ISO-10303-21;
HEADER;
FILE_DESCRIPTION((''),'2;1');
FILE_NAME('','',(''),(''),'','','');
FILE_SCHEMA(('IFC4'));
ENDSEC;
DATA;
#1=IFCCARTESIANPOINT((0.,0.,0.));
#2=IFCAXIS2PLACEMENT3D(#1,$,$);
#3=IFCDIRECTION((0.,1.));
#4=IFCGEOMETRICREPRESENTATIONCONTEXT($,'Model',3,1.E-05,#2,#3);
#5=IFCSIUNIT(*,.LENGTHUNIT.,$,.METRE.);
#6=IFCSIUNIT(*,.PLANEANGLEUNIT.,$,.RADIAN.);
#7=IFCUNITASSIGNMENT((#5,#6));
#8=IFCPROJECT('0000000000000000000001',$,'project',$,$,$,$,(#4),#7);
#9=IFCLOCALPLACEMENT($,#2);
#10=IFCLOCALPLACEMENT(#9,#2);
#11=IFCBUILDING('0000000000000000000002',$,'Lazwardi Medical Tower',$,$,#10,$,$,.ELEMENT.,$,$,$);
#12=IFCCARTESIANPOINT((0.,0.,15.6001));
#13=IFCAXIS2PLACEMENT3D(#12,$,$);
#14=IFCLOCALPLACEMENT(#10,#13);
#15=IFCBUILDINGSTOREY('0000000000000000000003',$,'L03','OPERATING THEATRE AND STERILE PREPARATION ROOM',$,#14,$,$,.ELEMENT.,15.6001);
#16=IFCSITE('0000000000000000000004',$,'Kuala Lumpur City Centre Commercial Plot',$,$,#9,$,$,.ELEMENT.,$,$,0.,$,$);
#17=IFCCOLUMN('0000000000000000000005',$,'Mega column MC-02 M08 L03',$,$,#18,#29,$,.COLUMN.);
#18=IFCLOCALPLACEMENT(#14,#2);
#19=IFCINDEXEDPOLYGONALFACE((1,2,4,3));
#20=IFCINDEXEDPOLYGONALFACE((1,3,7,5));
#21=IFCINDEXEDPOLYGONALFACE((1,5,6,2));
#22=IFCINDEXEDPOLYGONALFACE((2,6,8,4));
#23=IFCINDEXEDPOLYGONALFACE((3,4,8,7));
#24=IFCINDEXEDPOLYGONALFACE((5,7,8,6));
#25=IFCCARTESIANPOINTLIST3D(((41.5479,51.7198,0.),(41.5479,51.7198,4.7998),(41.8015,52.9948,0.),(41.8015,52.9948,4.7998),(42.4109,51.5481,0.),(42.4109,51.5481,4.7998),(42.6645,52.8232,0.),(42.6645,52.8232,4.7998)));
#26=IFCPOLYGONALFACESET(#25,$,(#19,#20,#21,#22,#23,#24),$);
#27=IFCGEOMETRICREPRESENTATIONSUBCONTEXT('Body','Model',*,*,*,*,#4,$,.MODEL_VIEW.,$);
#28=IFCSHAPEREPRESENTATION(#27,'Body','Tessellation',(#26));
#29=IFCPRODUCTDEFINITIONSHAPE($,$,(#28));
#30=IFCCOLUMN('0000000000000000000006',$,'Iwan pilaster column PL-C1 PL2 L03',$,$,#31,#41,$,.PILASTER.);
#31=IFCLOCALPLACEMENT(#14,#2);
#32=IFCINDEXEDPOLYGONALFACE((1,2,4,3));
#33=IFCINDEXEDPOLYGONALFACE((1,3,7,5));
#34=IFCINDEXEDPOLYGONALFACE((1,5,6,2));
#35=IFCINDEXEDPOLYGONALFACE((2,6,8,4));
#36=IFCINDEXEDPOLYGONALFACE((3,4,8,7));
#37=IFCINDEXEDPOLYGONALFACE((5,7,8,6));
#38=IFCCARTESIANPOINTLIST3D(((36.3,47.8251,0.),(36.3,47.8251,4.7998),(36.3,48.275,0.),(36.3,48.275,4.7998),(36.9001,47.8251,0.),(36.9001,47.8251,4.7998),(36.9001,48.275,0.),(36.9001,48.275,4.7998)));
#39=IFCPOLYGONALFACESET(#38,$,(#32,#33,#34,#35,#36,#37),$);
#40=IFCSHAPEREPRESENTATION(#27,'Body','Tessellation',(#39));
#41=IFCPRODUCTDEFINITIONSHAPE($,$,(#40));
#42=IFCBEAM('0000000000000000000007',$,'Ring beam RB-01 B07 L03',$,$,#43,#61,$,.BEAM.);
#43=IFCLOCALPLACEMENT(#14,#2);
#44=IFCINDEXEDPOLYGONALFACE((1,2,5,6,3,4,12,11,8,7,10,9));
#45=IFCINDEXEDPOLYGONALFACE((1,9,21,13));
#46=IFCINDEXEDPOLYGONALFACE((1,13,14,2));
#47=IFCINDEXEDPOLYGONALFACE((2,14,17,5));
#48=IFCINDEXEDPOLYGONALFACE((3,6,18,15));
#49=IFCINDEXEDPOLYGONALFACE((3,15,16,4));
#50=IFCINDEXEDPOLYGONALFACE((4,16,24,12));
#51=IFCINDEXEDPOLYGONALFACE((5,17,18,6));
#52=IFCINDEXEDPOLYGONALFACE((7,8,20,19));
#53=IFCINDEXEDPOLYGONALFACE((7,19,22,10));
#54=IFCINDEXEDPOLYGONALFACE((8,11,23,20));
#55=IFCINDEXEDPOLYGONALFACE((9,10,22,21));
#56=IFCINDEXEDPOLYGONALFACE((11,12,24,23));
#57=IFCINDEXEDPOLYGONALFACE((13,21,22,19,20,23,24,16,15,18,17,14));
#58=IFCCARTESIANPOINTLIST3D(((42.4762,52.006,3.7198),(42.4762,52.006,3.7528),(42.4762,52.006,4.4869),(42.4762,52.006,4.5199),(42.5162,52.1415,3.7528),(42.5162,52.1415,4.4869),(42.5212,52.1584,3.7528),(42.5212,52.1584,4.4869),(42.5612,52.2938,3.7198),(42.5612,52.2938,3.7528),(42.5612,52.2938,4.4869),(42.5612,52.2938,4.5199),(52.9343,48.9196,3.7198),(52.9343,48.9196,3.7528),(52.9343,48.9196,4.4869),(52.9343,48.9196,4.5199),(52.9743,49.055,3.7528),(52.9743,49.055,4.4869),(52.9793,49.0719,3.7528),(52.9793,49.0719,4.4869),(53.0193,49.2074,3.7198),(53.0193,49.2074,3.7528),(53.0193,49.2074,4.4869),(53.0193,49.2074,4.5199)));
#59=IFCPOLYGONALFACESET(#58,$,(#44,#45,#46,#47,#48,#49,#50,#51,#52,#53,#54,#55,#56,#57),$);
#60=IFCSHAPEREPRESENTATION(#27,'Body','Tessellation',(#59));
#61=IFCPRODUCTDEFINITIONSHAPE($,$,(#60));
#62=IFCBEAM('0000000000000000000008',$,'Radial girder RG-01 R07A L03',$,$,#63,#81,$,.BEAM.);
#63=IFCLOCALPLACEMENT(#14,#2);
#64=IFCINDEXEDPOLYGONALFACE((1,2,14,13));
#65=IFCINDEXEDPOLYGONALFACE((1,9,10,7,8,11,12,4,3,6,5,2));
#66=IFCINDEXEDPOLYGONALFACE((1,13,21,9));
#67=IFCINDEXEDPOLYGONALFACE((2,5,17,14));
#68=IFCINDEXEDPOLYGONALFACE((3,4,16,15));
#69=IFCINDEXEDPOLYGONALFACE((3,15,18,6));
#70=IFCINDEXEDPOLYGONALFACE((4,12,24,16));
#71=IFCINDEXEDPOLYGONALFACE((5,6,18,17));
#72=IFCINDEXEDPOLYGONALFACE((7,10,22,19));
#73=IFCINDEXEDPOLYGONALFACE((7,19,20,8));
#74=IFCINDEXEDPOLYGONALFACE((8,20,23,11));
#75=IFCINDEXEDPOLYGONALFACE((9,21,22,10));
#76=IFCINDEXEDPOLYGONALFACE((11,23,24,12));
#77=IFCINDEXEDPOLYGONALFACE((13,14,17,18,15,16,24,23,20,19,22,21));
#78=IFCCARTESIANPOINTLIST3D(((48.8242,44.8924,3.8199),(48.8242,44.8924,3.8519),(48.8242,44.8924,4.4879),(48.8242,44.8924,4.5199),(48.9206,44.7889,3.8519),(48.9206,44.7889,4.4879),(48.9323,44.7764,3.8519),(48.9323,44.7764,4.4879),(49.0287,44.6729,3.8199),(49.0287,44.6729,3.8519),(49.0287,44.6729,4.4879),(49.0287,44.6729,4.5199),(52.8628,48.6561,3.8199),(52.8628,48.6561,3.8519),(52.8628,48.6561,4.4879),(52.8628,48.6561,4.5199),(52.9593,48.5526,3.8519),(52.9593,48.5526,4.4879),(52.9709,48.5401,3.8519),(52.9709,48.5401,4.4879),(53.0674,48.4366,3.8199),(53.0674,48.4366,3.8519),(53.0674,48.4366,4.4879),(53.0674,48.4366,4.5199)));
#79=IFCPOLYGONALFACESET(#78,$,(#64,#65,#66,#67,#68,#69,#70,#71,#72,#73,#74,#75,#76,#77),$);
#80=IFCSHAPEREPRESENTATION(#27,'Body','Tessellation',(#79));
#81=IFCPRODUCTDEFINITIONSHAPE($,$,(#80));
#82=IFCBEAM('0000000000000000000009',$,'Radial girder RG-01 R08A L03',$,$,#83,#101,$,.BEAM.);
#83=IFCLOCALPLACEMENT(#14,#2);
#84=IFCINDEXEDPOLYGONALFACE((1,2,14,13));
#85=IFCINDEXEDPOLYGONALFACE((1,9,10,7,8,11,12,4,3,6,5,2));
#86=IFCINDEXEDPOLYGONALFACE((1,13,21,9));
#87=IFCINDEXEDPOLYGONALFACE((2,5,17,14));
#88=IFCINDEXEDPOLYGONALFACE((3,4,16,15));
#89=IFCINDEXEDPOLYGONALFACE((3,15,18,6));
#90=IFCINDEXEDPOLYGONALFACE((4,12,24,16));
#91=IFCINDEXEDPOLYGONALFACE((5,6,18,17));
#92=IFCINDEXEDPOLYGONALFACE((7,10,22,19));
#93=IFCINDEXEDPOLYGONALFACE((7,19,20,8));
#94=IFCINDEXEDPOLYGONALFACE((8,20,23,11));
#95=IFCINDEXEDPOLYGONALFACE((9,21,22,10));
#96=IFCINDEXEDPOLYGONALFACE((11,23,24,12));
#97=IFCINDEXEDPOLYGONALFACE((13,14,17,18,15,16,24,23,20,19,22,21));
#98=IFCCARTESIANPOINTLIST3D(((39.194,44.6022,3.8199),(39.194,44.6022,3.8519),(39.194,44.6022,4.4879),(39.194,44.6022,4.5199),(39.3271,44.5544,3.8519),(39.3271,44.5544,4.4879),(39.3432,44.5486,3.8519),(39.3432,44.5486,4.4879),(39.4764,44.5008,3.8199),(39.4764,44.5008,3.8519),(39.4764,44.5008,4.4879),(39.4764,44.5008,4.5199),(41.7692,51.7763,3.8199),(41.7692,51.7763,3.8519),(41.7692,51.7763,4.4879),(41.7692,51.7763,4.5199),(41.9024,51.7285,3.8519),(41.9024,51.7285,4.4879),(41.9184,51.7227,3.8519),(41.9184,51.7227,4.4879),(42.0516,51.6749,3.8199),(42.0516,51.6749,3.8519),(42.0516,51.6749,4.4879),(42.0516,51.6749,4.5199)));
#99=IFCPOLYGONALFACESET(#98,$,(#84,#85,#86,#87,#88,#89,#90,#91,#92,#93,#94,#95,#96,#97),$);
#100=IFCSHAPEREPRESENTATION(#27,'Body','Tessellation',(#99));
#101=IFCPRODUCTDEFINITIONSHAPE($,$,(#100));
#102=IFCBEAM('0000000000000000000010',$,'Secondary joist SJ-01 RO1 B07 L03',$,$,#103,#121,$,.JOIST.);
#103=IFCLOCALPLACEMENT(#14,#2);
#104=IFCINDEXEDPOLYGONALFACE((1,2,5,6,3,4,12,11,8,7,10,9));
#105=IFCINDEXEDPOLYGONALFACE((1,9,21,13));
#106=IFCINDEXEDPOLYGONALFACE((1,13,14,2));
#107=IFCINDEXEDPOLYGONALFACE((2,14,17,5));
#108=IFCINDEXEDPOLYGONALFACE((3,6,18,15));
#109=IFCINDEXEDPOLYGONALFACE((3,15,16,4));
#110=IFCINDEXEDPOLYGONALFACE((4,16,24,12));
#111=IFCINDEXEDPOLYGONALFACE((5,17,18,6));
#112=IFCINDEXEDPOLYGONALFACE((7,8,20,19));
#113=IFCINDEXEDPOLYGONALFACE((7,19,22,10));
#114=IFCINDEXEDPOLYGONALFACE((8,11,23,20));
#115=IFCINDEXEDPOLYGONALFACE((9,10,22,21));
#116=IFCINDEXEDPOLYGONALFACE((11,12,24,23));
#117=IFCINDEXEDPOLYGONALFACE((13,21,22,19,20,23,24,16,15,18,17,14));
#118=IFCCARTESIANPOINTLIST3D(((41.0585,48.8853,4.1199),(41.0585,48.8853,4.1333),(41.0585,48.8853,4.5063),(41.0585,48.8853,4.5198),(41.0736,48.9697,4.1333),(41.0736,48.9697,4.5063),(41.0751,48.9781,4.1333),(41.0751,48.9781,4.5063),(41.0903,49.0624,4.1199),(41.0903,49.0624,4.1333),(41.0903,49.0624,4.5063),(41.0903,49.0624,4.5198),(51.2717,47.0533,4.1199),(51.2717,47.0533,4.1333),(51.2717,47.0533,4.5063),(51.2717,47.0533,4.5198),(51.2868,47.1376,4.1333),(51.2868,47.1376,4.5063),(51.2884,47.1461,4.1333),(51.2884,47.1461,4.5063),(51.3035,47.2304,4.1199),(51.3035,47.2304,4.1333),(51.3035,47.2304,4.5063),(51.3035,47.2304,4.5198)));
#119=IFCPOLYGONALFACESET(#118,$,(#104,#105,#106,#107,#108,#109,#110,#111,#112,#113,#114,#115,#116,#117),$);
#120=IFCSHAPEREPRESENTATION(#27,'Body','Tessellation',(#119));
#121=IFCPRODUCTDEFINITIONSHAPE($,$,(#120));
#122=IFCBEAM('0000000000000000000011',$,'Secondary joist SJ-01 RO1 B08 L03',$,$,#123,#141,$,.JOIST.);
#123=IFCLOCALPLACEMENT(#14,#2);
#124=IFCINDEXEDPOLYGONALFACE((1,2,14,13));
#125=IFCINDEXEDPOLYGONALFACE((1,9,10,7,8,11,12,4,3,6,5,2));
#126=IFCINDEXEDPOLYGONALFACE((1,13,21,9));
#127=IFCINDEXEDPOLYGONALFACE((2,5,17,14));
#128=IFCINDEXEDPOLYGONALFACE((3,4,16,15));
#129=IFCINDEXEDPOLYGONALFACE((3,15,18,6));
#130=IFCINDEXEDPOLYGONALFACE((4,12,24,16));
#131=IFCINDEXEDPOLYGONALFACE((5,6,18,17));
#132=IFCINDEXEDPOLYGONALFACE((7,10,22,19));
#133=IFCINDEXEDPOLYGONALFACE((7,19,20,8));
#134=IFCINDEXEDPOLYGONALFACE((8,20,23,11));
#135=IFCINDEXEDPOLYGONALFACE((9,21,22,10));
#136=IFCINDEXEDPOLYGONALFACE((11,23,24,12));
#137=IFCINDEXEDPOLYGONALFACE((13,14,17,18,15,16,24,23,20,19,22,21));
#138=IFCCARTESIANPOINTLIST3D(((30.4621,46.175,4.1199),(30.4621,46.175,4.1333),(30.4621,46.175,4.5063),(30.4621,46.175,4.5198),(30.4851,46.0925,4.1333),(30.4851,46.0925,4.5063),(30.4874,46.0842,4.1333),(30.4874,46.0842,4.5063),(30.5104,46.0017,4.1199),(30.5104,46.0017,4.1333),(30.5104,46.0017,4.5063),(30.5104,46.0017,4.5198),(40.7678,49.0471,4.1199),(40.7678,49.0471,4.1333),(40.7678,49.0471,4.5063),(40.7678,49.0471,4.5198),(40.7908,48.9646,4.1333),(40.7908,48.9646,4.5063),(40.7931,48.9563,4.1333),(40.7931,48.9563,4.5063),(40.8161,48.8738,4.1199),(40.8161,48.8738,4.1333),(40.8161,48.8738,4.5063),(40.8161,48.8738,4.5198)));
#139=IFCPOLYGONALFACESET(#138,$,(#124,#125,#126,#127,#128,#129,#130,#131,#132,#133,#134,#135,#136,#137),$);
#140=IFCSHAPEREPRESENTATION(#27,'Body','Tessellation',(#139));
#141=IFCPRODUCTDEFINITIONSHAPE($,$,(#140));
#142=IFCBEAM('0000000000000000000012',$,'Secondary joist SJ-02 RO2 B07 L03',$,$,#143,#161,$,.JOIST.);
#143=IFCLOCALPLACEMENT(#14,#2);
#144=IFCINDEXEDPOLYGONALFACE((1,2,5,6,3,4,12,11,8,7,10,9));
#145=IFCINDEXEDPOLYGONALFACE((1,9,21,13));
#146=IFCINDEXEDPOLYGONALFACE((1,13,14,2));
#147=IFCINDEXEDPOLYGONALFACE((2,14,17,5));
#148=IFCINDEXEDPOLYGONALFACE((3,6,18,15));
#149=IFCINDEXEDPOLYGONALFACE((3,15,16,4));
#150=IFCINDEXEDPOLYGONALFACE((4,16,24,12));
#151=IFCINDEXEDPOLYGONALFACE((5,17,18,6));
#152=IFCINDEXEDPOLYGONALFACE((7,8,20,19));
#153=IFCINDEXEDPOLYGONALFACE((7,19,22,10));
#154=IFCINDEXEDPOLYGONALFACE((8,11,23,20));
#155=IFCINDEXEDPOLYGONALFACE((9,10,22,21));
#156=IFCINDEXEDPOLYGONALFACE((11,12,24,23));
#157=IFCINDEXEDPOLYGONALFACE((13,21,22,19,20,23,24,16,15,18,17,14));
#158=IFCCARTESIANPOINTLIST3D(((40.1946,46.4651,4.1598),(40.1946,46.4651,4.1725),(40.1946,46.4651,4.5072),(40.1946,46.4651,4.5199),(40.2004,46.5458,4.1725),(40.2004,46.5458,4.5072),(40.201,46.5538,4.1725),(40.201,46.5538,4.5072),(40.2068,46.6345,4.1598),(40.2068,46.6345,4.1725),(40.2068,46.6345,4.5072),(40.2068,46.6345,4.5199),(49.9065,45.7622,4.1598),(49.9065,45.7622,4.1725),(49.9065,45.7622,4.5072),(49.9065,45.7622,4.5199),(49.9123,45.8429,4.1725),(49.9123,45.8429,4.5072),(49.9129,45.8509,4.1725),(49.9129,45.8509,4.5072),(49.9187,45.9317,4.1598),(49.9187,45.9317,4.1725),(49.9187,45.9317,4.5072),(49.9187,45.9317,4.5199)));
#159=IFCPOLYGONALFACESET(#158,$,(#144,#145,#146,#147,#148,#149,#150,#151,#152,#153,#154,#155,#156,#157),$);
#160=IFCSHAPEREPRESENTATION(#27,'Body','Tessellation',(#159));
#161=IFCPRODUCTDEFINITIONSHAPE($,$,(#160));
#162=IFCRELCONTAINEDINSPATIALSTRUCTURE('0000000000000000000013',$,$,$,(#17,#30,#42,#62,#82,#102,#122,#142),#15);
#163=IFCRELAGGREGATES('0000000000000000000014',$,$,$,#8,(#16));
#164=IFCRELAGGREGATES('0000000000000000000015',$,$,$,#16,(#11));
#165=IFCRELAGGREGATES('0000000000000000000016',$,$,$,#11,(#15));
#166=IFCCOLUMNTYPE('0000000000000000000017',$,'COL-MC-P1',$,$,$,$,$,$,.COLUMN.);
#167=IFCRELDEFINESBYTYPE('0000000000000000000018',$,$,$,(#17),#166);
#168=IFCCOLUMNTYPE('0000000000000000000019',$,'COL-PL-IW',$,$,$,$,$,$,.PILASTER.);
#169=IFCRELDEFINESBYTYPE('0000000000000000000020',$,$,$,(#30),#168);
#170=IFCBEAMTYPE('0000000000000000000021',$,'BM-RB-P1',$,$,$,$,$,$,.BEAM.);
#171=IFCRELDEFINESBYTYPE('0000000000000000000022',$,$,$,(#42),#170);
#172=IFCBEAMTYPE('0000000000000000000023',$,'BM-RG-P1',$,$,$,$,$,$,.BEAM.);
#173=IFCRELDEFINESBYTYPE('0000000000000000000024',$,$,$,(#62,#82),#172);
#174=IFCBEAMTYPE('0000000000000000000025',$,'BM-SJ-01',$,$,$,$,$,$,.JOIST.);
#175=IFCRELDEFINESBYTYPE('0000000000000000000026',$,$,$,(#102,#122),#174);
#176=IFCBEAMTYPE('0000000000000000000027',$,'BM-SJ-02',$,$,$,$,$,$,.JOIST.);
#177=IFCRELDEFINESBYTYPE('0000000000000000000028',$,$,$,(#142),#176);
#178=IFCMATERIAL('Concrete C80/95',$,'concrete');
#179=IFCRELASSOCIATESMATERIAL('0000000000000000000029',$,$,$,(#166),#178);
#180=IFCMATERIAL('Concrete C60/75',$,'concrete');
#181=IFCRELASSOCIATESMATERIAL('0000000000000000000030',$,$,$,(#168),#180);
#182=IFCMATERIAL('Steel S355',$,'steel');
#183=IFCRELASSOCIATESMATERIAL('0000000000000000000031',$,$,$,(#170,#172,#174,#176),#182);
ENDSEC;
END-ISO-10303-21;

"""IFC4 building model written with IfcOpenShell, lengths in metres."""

from ifc_helpers import new_model, si_unit, direction, frame, origin, origin_2d, place, context, subcontext, project, spatial, rectangle, i_section, extrude, material, material_profile, profile_set, type_object, element, save


model = new_model("IFC4")

# Units and contexts
model_context = context("Model", 3, precision=1e-05, world=origin(), true_north=direction((0.0, 1.0)))
body_context = subcontext(model_context, "Body", "Model", "MODEL_VIEW")
ifc_project = project(units=[si_unit("LENGTHUNIT", "METRE"), si_unit("PLANEANGLEUNIT", "RADIAN")], contexts=[model_context])

# Site, building, storey
site_placement = place(None, origin())
site = spatial("IfcSite", under=ifc_project, at=site_placement, Name="Kuala Lumpur City Centre Commercial Plot", CompositionType="ELEMENT", RefElevation=0.0)
building_placement = place(site_placement, origin())
building = spatial("IfcBuilding", under=site, at=building_placement, Name="Lazwardi Medical Tower", CompositionType="ELEMENT")
storey_placement = place(building_placement, frame((0.0, 0.0, 15.6001)))
storey = spatial("IfcBuildingStorey", under=building, at=storey_placement, Name="L03", Description="OPERATING THEATRE AND STERILE PREPARATION ROOM", CompositionType="ELEMENT", Elevation=15.6001)

# Columns
ifc_material_1 = material(Name="Concrete C80/95", Category="concrete")
ifc_material_profile_1 = material_profile(ifc_material_1, rectangle(XDim=1.3, YDim=0.8799, at=origin_2d()), Name="CFT-RECT 1300x880")
ifc_profile_set_1 = profile_set([ifc_material_profile_1], Name="Concrete C80/95")
column_type_1 = type_object("IfcColumnType", Name="COL-MC-P1", PredefinedType="COLUMN", material=ifc_profile_set_1)
column_1_placement = place(storey_placement, frame((42.1062, 52.2715, 0.0), z_axis=(0.0, 0.0, 1.0), x_axis=(0.19509, 0.980785, 0.0)))
element("IfcColumn", 1, at=column_1_placement, inside=storey, type_object=column_type_1, Name="Mega column MC-02 M08 L03", PredefinedType="COLUMN", context=body_context, shape_type="SweptSolid", body=[
    extrude(rectangle(XDim=1.3, YDim=0.8799, at=origin_2d()), origin(), (0.0, 0.0, 1.0), 4.7998),
])
ifc_material_2 = material(Name="Concrete C60/75", Category="concrete")
ifc_material_profile_2 = material_profile(ifc_material_2, rectangle(XDim=0.6001, YDim=0.45, at=origin_2d()), Name="RC 600x450")
ifc_profile_set_2 = profile_set([ifc_material_profile_2], Name="Concrete C60/75")
column_type_2 = type_object("IfcColumnType", Name="COL-PL-IW", PredefinedType="PILASTER", material=ifc_profile_set_2)
column_2_placement = place(storey_placement, frame((36.6001, 48.05, 0.0), z_axis=(0.0, 0.0, 1.0), x_axis=(1.0, 0.0, 0.0)))
element("IfcColumn", 2, at=column_2_placement, inside=storey, type_object=column_type_2, Name="Iwan pilaster column PL-C1 PL2 L03", PredefinedType="PILASTER", context=body_context, shape_type="SweptSolid", body=[
    extrude(rectangle(XDim=0.6001, YDim=0.45, at=origin_2d()), origin(), (0.0, 0.0, 1.0), 4.7998),
])

# Beams
ifc_material_3 = material(Name="Steel S355", Category="steel")
ifc_material_profile_3 = material_profile(ifc_material_3, i_section(OverallWidth=0.3, OverallDepth=0.8, WebThickness=0.0176, FlangeThickness=0.033, at=origin_2d()), Name="HEB 800")
ifc_profile_set_3 = profile_set([ifc_material_profile_3], Name="Steel S355")
beam_type_1 = type_object("IfcBeamType", Name="BM-RB-P1", PredefinedType="BEAM", material=ifc_profile_set_3)
beam_1_placement = place(storey_placement, frame((52.9768, 49.0635, 4.1199), z_axis=(-0.959103, 0.283056, 0.0), x_axis=(-0.283056, -0.959103, 0.0)))
element("IfcBeam", 3, at=beam_1_placement, inside=storey, type_object=beam_type_1, Name="Ring beam RB-01 B07 L03", PredefinedType="BEAM", context=body_context, shape_type="SweptSolid", body=[
    extrude(i_section(OverallWidth=0.3, OverallDepth=0.8, WebThickness=0.0176, FlangeThickness=0.033, at=origin_2d()), origin(), (0.0, 0.0, 1.0), 10.9041),
])
ifc_material_profile_4 = material_profile(ifc_material_3, i_section(OverallWidth=0.3, OverallDepth=0.7, WebThickness=0.0171, FlangeThickness=0.032, at=origin_2d()), Name="HEB 700")
ifc_profile_set_4 = profile_set([ifc_material_profile_4], Name="Steel S355")
beam_type_2 = type_object("IfcBeamType", Name="BM-RG-P1", PredefinedType="BEAM", material=ifc_profile_set_4)
beam_2_placement = place(storey_placement, frame((52.9651, 48.5464, 4.1699), z_axis=(-0.731567, -0.68177, 0.0), x_axis=(0.68177, -0.731567, 0.0)))
element("IfcBeam", 4, at=beam_2_placement, inside=storey, type_object=beam_type_2, Name="Radial girder RG-01 R07A L03", PredefinedType="BEAM", context=body_context, shape_type="SweptSolid", body=[
    extrude(i_section(OverallWidth=0.3, OverallDepth=0.7, WebThickness=0.0171, FlangeThickness=0.032, at=origin_2d()), origin(), (0.0, 0.0, 1.0), 5.5205),
])
beam_3_placement = place(storey_placement, frame((41.9104, 51.7256, 4.1699), z_axis=(-0.337852, -0.941199, 0.0), x_axis=(0.941199, -0.337852, 0.0)))
element("IfcBeam", 5, at=beam_3_placement, inside=storey, type_object=beam_type_2, Name="Radial girder RG-01 R08A L03", PredefinedType="BEAM", context=body_context, shape_type="SweptSolid", body=[
    extrude(i_section(OverallWidth=0.3, OverallDepth=0.7, WebThickness=0.0171, FlangeThickness=0.032, at=origin_2d()), origin(), (0.0, 0.0, 1.0), 7.6223),
])
ifc_material_profile_5 = material_profile(ifc_material_3, i_section(OverallWidth=0.1799, OverallDepth=0.3999, WebThickness=0.0085, FlangeThickness=0.0134, at=origin_2d()), Name="IPE 400")
ifc_profile_set_5 = profile_set([ifc_material_profile_5], Name="Steel S355")
beam_type_3 = type_object("IfcBeamType", Name="BM-SJ-01", PredefinedType="JOIST", material=ifc_profile_set_5)
beam_4_placement = place(storey_placement, frame((51.2876, 47.1418, 4.3198), z_axis=(-0.98429, 0.176562, 0.0), x_axis=(-0.176562, -0.98429, 0.0)))
element("IfcBeam", 6, at=beam_4_placement, inside=storey, type_object=beam_type_3, Name="Secondary joist SJ-01 RO1 B07 L03", PredefinedType="JOIST", context=body_context, shape_type="SweptSolid", body=[
    extrude(i_section(OverallWidth=0.1799, OverallDepth=0.3999, WebThickness=0.0085, FlangeThickness=0.0134, at=origin_2d()), origin(), (0.0, 0.0, 1.0), 10.3762),
])
beam_5_placement = place(storey_placement, frame((40.792, 48.9604, 4.3198), z_axis=(-0.963291, -0.268458, 0.0), x_axis=(0.268458, -0.963291, 0.0)))
element("IfcBeam", 7, at=beam_5_placement, inside=storey, type_object=beam_type_3, Name="Secondary joist SJ-01 RO1 B08 L03", PredefinedType="JOIST", context=body_context, shape_type="SweptSolid", body=[
    extrude(i_section(OverallWidth=0.1799, OverallDepth=0.3999, WebThickness=0.0085, FlangeThickness=0.0134, at=origin_2d()), origin(), (0.0, 0.0, 1.0), 10.6985),
])
ifc_material_profile_6 = material_profile(ifc_material_3, i_section(OverallWidth=0.1699, OverallDepth=0.3601, WebThickness=0.0081, FlangeThickness=0.0127, at=origin_2d()), Name="IPE 360")
ifc_profile_set_6 = profile_set([ifc_material_profile_6], Name="Steel S355")
beam_type_4 = type_object("IfcBeamType", Name="BM-SJ-02", PredefinedType="JOIST", material=ifc_profile_set_6)
beam_6_placement = place(storey_placement, frame((49.9126, 45.8469, 4.3398), z_axis=(-0.997391, 0.072184, 0.0), x_axis=(-0.072184, -0.997391, 0.0)))
element("IfcBeam", 8, at=beam_6_placement, inside=storey, type_object=beam_type_4, Name="Secondary joist SJ-02 RO2 B07 L03", PredefinedType="JOIST", context=body_context, shape_type="SweptSolid", body=[
    extrude(i_section(OverallWidth=0.1699, OverallDepth=0.3601, WebThickness=0.0081, FlangeThickness=0.0127, at=origin_2d()), origin(), (0.0, 0.0, 1.0), 9.7373),
])

save(model, "model.ifc")
